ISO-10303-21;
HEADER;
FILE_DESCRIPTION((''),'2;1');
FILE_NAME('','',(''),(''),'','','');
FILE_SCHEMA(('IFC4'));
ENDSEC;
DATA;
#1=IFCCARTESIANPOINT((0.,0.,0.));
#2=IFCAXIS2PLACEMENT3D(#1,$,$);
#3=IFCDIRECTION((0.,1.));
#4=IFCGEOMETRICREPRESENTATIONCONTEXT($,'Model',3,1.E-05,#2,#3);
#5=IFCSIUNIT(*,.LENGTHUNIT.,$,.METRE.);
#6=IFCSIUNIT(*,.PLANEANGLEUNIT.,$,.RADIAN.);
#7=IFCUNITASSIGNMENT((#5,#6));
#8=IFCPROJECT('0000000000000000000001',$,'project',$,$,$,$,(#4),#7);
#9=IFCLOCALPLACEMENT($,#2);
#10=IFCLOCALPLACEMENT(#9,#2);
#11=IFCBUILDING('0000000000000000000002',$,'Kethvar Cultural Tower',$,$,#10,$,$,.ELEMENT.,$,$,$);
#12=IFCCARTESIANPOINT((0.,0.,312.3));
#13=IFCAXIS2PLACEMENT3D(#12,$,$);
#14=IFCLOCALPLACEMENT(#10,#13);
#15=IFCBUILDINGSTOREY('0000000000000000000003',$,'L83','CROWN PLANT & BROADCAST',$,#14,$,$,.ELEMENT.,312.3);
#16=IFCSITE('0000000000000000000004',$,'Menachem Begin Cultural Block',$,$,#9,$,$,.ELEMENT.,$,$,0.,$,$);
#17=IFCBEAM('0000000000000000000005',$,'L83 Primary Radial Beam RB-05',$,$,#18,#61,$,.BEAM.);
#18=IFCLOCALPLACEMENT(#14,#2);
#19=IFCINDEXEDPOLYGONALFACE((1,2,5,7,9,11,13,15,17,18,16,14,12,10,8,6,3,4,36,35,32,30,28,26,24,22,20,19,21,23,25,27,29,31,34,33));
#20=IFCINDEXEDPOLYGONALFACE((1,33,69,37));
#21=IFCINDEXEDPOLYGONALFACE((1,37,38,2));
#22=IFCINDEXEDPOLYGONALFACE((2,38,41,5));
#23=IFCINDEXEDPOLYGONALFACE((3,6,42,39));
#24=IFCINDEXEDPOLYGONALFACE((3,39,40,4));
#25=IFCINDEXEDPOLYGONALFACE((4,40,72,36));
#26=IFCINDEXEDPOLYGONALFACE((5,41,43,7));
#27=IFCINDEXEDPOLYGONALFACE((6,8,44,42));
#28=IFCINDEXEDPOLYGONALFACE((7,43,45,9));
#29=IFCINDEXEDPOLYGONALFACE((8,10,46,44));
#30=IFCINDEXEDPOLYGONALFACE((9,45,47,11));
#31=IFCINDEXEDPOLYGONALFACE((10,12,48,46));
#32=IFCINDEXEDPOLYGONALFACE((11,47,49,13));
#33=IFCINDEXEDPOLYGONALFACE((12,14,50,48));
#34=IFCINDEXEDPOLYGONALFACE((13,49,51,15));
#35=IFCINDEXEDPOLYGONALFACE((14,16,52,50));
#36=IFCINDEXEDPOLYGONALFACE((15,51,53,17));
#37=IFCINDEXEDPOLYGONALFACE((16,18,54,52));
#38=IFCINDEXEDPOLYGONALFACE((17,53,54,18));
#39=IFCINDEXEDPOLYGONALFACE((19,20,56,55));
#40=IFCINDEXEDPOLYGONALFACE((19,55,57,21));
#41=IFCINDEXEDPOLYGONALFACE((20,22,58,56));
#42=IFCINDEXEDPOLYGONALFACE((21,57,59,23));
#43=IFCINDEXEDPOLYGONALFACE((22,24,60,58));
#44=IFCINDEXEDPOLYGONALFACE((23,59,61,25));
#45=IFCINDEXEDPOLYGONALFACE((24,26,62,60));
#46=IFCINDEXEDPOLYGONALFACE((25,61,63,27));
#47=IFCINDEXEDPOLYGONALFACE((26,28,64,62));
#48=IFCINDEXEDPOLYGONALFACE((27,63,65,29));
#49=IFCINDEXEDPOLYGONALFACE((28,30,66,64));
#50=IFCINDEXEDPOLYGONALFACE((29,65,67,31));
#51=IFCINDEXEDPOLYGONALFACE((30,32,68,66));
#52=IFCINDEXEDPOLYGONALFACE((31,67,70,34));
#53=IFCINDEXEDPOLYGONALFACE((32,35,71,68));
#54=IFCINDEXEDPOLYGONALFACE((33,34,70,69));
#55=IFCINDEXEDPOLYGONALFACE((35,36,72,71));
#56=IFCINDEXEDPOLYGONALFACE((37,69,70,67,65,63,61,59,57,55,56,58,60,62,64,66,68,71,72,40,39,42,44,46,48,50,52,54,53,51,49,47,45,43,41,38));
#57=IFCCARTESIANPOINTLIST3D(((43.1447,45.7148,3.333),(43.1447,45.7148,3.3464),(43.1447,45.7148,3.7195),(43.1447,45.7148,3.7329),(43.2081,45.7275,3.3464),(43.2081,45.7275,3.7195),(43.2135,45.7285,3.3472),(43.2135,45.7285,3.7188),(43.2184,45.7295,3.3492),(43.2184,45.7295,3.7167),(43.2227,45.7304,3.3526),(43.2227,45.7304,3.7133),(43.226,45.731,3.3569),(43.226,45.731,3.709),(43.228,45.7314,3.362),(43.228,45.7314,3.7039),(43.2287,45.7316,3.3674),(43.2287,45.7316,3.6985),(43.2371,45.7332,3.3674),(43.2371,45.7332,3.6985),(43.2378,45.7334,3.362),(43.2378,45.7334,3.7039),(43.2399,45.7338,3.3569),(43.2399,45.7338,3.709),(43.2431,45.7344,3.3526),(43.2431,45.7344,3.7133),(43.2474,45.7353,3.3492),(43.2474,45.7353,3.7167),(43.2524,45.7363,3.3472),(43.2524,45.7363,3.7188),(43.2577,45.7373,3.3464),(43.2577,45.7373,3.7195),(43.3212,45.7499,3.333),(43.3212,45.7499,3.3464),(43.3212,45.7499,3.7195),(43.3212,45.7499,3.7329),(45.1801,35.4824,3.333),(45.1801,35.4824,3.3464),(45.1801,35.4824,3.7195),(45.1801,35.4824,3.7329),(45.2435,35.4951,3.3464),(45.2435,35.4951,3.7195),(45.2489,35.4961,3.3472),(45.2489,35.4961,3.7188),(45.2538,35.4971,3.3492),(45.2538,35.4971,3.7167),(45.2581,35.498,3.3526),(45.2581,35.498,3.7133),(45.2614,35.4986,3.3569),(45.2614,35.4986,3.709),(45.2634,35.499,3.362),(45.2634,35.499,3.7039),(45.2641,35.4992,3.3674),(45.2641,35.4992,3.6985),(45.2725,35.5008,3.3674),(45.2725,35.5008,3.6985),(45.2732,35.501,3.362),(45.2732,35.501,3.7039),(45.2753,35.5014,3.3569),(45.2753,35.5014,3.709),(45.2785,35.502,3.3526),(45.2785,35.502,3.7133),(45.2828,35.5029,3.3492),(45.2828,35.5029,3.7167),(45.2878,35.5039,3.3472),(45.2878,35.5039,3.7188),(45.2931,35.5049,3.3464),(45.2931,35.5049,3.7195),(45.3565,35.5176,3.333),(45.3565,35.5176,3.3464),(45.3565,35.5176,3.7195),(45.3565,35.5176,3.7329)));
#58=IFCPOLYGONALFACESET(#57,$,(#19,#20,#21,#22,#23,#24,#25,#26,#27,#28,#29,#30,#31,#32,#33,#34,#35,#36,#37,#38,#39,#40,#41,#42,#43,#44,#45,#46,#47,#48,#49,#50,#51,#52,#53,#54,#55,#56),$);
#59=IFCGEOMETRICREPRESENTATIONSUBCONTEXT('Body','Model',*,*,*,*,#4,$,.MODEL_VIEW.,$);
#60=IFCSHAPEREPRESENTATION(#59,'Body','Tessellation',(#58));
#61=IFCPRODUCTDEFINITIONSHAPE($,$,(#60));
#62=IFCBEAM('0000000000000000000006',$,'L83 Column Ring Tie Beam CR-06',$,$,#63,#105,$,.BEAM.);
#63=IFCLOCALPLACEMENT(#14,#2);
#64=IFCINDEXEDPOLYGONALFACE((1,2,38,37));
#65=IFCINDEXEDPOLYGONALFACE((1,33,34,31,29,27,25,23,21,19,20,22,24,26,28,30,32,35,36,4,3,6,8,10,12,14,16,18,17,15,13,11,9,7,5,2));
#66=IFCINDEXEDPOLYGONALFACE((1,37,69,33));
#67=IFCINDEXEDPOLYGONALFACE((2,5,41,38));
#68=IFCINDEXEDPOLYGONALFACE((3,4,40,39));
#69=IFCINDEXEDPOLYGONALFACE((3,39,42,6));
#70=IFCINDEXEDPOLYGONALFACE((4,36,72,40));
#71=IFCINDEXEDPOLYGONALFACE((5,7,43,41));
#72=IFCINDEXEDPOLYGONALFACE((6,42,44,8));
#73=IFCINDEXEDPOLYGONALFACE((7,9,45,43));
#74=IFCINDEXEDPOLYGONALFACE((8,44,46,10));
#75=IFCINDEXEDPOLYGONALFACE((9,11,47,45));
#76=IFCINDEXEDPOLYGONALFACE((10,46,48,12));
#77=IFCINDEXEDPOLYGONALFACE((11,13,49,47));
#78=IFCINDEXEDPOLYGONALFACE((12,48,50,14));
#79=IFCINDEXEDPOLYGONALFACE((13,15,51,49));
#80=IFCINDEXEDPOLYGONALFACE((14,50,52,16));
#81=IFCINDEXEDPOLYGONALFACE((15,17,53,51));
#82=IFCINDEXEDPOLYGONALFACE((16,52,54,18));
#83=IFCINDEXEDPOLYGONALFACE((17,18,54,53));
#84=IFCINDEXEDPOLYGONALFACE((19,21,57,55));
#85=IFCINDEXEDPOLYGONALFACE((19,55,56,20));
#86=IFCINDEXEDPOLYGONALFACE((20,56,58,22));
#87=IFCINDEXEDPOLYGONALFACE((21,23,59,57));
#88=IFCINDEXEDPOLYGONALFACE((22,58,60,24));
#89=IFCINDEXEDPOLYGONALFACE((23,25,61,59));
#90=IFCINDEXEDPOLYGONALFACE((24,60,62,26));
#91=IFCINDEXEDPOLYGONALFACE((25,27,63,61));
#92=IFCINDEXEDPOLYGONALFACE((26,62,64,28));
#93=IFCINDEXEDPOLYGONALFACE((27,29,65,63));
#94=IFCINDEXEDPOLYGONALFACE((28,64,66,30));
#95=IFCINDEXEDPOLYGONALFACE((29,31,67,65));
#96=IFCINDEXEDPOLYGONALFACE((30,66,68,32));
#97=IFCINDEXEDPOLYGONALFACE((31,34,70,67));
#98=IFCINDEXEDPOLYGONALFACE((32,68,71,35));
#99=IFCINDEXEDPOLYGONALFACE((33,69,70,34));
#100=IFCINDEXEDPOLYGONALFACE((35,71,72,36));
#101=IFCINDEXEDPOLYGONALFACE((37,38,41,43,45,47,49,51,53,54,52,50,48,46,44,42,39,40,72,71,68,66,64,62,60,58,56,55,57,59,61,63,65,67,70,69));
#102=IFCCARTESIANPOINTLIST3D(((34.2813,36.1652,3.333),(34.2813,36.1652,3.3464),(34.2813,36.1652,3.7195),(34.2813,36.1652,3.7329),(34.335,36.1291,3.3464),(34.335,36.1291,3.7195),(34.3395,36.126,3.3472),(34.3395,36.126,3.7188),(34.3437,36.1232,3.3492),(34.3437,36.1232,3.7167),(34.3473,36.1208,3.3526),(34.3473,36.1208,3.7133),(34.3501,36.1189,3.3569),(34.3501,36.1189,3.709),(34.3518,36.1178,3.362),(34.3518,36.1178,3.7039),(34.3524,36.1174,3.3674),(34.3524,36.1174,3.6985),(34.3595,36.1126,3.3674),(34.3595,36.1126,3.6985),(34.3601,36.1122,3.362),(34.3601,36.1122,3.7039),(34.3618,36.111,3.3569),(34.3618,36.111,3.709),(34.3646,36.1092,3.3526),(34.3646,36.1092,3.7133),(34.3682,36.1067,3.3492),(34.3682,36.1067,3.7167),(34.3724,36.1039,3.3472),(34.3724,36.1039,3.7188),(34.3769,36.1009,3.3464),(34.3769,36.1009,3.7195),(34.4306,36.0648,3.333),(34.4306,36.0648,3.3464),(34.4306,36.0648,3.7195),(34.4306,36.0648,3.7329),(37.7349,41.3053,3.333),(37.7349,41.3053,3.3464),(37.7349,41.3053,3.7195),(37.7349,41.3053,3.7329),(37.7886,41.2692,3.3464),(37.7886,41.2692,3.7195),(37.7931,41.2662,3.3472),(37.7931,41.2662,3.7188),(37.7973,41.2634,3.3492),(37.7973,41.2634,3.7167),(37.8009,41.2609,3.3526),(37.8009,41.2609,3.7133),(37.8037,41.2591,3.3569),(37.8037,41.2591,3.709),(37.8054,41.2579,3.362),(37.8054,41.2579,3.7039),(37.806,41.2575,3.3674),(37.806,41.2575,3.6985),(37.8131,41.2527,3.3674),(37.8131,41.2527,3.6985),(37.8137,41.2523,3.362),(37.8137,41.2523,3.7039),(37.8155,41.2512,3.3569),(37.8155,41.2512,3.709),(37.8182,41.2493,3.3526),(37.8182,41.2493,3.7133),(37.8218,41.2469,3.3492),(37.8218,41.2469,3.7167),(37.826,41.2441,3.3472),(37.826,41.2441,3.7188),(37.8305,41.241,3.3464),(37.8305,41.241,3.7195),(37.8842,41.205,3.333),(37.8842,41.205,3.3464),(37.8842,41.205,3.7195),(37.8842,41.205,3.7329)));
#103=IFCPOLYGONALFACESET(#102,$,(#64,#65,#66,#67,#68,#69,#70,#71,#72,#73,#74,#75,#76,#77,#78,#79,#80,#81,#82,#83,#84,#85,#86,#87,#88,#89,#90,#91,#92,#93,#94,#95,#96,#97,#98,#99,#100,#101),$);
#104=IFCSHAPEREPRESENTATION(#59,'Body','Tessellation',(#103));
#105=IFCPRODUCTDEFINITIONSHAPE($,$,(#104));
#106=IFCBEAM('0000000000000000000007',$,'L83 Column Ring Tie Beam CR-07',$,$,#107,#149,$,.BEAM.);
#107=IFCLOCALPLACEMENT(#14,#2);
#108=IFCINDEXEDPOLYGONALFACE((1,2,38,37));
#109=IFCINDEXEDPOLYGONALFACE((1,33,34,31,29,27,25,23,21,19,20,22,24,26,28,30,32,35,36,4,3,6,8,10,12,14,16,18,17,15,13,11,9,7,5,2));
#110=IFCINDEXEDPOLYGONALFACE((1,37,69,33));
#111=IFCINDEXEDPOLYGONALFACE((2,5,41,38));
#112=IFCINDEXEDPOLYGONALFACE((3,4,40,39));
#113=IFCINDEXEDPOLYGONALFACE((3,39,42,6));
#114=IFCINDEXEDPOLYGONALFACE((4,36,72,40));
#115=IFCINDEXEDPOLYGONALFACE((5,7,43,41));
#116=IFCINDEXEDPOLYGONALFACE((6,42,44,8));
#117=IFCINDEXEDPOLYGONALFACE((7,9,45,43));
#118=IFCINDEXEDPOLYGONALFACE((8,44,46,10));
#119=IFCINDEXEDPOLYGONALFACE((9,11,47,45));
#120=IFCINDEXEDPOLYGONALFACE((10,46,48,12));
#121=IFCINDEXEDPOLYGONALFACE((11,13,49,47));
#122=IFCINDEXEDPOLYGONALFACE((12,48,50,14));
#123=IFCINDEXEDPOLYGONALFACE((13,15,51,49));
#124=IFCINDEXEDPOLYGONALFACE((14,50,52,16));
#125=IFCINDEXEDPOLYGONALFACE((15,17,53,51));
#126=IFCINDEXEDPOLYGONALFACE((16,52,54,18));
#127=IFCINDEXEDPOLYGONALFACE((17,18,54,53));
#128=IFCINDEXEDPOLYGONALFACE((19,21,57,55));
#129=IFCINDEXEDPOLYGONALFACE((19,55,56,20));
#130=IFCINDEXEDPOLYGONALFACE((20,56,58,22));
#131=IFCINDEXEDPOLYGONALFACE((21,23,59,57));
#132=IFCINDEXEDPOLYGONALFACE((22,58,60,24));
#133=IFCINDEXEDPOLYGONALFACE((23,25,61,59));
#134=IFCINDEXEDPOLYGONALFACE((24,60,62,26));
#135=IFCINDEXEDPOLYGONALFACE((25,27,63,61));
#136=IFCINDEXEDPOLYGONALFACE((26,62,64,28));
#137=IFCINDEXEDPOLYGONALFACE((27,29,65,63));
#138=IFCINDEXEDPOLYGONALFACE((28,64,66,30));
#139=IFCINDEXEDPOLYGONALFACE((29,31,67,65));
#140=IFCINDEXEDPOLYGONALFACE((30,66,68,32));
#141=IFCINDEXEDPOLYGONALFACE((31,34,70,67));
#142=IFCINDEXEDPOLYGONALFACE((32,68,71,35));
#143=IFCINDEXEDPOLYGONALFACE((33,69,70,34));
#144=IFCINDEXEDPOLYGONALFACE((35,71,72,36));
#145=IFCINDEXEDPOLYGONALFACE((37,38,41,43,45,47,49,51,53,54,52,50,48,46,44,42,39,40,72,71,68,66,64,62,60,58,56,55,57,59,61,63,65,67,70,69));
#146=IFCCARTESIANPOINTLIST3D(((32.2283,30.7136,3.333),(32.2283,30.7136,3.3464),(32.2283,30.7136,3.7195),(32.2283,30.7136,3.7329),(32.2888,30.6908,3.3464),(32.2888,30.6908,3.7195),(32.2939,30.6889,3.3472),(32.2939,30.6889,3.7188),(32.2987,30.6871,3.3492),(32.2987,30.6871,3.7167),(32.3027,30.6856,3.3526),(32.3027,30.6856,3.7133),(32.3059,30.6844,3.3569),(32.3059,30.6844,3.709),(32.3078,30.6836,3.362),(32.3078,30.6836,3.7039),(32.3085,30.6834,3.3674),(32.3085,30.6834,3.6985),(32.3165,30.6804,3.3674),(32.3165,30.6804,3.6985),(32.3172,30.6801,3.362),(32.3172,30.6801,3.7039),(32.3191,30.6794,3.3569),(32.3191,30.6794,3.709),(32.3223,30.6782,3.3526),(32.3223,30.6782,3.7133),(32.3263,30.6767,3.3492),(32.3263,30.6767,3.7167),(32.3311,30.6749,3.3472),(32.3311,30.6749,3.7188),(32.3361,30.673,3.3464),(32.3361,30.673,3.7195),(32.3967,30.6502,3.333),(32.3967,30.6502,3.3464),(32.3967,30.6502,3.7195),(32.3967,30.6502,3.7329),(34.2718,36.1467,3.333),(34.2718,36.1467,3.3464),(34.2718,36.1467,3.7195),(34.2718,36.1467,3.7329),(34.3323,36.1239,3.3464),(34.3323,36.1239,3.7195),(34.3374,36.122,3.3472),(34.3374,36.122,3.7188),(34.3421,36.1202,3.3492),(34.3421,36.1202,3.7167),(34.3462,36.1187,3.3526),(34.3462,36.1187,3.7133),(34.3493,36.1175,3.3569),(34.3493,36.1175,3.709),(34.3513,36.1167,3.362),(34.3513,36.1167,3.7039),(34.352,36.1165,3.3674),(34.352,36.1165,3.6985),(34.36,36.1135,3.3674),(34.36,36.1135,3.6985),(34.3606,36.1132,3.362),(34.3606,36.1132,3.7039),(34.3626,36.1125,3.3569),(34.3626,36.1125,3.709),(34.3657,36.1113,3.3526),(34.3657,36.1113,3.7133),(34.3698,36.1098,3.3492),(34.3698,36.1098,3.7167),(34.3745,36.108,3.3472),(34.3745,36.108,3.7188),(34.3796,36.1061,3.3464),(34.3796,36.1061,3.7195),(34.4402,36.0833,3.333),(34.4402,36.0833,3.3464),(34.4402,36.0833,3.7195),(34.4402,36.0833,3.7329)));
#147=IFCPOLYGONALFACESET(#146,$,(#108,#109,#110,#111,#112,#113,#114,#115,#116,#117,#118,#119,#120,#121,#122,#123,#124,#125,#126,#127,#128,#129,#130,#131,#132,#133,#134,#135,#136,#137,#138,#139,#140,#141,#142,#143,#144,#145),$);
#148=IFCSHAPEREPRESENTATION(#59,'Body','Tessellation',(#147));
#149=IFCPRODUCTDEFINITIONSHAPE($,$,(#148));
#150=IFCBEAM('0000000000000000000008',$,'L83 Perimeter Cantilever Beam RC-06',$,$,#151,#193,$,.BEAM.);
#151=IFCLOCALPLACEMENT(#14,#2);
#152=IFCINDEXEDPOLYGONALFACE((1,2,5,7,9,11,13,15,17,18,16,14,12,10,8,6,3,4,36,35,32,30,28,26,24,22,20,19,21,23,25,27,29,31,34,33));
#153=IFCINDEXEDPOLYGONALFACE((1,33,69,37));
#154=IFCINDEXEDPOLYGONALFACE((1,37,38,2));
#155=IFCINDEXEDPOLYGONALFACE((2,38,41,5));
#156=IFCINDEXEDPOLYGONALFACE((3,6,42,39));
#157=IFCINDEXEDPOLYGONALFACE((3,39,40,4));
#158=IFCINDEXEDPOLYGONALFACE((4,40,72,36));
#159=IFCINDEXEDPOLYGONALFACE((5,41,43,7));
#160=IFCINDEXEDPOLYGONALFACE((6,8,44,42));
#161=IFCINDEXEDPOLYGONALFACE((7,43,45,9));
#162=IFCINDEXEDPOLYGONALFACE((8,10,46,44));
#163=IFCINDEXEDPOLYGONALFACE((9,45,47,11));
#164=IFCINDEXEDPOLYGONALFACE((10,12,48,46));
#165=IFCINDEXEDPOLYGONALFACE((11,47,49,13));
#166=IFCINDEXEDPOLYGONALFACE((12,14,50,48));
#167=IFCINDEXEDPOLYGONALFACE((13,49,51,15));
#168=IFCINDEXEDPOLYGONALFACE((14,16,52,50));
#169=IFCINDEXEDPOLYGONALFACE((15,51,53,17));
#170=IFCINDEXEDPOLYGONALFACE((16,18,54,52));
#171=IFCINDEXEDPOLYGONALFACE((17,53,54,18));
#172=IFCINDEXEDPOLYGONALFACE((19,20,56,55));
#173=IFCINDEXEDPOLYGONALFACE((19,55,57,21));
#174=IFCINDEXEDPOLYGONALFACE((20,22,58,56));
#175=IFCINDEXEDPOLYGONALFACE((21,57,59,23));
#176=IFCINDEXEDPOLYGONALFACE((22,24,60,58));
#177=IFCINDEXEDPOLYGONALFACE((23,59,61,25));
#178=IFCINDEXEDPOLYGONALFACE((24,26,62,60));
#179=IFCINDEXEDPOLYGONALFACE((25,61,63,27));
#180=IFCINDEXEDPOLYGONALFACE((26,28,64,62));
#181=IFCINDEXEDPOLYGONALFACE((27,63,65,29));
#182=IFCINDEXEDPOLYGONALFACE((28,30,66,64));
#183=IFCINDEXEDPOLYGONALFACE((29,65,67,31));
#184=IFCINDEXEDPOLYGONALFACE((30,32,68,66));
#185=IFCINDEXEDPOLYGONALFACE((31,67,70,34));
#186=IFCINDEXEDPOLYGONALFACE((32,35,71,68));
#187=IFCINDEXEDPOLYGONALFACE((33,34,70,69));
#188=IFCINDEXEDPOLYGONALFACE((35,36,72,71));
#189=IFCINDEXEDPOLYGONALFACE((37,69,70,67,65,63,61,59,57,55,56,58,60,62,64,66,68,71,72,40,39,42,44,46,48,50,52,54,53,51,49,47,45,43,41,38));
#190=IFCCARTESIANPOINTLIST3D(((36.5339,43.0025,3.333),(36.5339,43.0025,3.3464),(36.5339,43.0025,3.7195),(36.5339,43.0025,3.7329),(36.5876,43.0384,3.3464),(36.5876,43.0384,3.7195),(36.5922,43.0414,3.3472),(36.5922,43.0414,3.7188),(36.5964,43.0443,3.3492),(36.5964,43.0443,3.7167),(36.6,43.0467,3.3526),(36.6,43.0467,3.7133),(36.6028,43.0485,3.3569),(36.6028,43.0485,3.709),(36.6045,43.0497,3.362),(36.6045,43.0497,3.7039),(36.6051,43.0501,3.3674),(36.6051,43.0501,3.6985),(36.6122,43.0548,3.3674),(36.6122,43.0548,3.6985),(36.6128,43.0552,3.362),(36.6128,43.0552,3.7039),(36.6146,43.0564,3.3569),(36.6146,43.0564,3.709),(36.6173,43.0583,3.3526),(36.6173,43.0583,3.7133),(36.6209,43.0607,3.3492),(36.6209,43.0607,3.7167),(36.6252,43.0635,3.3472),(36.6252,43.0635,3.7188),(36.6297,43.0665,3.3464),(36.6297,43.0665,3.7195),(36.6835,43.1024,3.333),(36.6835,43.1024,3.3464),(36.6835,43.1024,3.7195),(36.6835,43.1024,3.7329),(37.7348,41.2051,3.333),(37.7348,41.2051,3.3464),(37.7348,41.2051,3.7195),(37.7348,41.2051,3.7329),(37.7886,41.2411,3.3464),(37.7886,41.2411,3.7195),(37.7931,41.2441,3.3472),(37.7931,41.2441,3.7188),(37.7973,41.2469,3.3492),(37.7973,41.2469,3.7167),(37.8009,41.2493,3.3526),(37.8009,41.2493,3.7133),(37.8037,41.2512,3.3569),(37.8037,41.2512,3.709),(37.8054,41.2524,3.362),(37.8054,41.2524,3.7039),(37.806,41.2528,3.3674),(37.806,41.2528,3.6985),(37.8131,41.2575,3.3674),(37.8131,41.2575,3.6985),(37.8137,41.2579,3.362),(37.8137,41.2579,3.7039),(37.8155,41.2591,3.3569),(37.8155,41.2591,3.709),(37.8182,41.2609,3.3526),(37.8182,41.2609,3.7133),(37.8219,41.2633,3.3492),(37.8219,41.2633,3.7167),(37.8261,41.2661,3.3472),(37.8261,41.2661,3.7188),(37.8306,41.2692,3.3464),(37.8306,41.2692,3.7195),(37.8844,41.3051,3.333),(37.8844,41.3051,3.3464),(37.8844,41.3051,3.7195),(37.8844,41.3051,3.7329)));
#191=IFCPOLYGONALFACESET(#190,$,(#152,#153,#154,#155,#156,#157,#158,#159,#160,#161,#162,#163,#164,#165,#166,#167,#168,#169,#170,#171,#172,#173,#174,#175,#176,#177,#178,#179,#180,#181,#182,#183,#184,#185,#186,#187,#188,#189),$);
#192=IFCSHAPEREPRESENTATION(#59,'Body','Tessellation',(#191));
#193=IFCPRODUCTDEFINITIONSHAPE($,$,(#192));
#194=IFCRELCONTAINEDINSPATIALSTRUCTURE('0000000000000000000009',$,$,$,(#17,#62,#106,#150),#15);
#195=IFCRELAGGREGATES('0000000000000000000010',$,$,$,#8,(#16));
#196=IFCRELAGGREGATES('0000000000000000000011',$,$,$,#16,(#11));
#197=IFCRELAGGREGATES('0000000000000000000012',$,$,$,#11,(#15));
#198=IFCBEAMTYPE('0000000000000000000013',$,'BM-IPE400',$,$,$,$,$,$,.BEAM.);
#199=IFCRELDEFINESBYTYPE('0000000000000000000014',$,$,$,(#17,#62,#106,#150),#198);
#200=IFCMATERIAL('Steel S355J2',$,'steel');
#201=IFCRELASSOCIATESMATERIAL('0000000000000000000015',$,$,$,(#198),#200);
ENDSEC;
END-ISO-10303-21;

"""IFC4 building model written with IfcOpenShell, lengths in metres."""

from ifc_helpers import new_model, si_unit, direction, frame, origin, origin_2d, place, context, subcontext, project, spatial, i_section, extrude, source, transform, mapped, material, material_profile, profile_set, type_object, element, save


model = new_model("IFC4")

# Units and contexts
model_context = context("Model", 3, precision=1e-05, world=origin(), true_north=direction((0.0, 1.0)))
body_context = subcontext(model_context, "Body", "Model", "MODEL_VIEW")
ifc_project = project(units=[si_unit("LENGTHUNIT", "METRE"), si_unit("PLANEANGLEUNIT", "RADIAN")], contexts=[model_context])

# Site, building, storey
site_placement = place(None, origin())
site = spatial("IfcSite", under=ifc_project, at=site_placement, Name="Menachem Begin Cultural Block", CompositionType="ELEMENT", RefElevation=0.0)
building_placement = place(site_placement, origin())
building = spatial("IfcBuilding", under=site, at=building_placement, Name="Kethvar Cultural Tower", CompositionType="ELEMENT")
storey_placement = place(building_placement, frame((0.0, 0.0, 312.3)))
storey = spatial("IfcBuildingStorey", under=building, at=storey_placement, Name="L83", Description="CROWN PLANT & BROADCAST", CompositionType="ELEMENT", Elevation=312.3)

# Shared definitions
ifc_material_1 = material(Name="Steel S355J2", Category="steel")

# Beams
ifc_material_profile_1 = material_profile(ifc_material_1, i_section(OverallWidth=0.1799, OverallDepth=0.3999, WebThickness=0.0085, FlangeThickness=0.0134, FilletRadius=0.021, at=origin_2d()), Name="Steel S355J2 — IPE400")
ifc_profile_set_1 = profile_set([ifc_material_profile_1], Name="Steel S355J2 — IPE400")
beam_type_1 = type_object("IfcBeamType", Name="BM-IPE400", PredefinedType="BEAM", material=ifc_profile_set_1)
shared_shape_1 = source(origin(), body_context, "Body", "SweptSolid", [
    extrude(i_section(OverallWidth=0.1799, OverallDepth=0.3999, WebThickness=0.0085, FlangeThickness=0.0134, FilletRadius=0.021, at=origin_2d()), origin(), (0.0, 0.0, 1.0), 10.4329),
])
beam_1_placement = place(storey_placement, frame((45.2683, 35.5, 3.533), z_axis=(-0.195094, 0.980784, 0.0), x_axis=(-0.980784, -0.195094, 0.0)))
element("IfcBeam", 1, at=beam_1_placement, inside=storey, type_object=beam_type_1, Name="L83 Primary Radial Beam RB-05", PredefinedType="BEAM", context=body_context, shape_type="MappedRepresentation", body=[
    mapped(shared_shape_1, transform((0.0, 0.0, 0.0), scale=1.0)),
])
shared_shape_2 = source(origin(), body_context, "Body", "SweptSolid", [
    extrude(i_section(OverallWidth=0.1799, OverallDepth=0.3999, WebThickness=0.0085, FlangeThickness=0.0134, FilletRadius=0.021, at=origin_2d()), origin(), (0.0, 0.0, 1.0), 6.1926),
])
beam_2_placement = place(storey_placement, frame((37.8096, 41.2551, 3.533), z_axis=(-0.557699, -0.830043, 0.0), x_axis=(0.830043, -0.557699, 0.0)))
element("IfcBeam", 2, at=beam_2_placement, inside=storey, type_object=beam_type_1, Name="L83 Column Ring Tie Beam CR-06", PredefinedType="BEAM", context=body_context, shape_type="MappedRepresentation", body=[
    mapped(shared_shape_2, transform((0.0, 0.0, 0.0), scale=1.0)),
])
shared_shape_3 = source(origin(), body_context, "Body", "SweptSolid", [
    extrude(i_section(OverallWidth=0.1799, OverallDepth=0.3999, WebThickness=0.0085, FlangeThickness=0.0134, FilletRadius=0.021, at=origin_2d()), origin(), (0.0, 0.0, 1.0), 5.8047),
])
beam_3_placement = place(storey_placement, frame((34.356, 36.115, 3.533), z_axis=(-0.352036, -0.935986, 0.0), x_axis=(0.935986, -0.352036, 0.0)))
element("IfcBeam", 3, at=beam_3_placement, inside=storey, type_object=beam_type_1, Name="L83 Column Ring Tie Beam CR-07", PredefinedType="BEAM", context=body_context, shape_type="MappedRepresentation", body=[
    mapped(shared_shape_3, transform((0.0, 0.0, 0.0), scale=1.0)),
])
shared_shape_4 = source(origin(), body_context, "Body", "SweptSolid", [
    extrude(i_section(OverallWidth=0.1799, OverallDepth=0.3999, WebThickness=0.0085, FlangeThickness=0.0134, FilletRadius=0.021, at=origin_2d()), origin(), (0.0, 0.0, 1.0), 2.1616),
])
beam_4_placement = place(storey_placement, frame((37.8096, 41.2551, 3.533), z_axis=(-0.55556, 0.831476, 0.0), x_axis=(-0.831476, -0.55556, 0.0)))
element("IfcBeam", 4, at=beam_4_placement, inside=storey, type_object=beam_type_1, Name="L83 Perimeter Cantilever Beam RC-06", PredefinedType="BEAM", context=body_context, shape_type="MappedRepresentation", body=[
    mapped(shared_shape_4, transform((0.0, 0.0, 0.0), scale=1.0)),
])

save(model, "model.ifc")
